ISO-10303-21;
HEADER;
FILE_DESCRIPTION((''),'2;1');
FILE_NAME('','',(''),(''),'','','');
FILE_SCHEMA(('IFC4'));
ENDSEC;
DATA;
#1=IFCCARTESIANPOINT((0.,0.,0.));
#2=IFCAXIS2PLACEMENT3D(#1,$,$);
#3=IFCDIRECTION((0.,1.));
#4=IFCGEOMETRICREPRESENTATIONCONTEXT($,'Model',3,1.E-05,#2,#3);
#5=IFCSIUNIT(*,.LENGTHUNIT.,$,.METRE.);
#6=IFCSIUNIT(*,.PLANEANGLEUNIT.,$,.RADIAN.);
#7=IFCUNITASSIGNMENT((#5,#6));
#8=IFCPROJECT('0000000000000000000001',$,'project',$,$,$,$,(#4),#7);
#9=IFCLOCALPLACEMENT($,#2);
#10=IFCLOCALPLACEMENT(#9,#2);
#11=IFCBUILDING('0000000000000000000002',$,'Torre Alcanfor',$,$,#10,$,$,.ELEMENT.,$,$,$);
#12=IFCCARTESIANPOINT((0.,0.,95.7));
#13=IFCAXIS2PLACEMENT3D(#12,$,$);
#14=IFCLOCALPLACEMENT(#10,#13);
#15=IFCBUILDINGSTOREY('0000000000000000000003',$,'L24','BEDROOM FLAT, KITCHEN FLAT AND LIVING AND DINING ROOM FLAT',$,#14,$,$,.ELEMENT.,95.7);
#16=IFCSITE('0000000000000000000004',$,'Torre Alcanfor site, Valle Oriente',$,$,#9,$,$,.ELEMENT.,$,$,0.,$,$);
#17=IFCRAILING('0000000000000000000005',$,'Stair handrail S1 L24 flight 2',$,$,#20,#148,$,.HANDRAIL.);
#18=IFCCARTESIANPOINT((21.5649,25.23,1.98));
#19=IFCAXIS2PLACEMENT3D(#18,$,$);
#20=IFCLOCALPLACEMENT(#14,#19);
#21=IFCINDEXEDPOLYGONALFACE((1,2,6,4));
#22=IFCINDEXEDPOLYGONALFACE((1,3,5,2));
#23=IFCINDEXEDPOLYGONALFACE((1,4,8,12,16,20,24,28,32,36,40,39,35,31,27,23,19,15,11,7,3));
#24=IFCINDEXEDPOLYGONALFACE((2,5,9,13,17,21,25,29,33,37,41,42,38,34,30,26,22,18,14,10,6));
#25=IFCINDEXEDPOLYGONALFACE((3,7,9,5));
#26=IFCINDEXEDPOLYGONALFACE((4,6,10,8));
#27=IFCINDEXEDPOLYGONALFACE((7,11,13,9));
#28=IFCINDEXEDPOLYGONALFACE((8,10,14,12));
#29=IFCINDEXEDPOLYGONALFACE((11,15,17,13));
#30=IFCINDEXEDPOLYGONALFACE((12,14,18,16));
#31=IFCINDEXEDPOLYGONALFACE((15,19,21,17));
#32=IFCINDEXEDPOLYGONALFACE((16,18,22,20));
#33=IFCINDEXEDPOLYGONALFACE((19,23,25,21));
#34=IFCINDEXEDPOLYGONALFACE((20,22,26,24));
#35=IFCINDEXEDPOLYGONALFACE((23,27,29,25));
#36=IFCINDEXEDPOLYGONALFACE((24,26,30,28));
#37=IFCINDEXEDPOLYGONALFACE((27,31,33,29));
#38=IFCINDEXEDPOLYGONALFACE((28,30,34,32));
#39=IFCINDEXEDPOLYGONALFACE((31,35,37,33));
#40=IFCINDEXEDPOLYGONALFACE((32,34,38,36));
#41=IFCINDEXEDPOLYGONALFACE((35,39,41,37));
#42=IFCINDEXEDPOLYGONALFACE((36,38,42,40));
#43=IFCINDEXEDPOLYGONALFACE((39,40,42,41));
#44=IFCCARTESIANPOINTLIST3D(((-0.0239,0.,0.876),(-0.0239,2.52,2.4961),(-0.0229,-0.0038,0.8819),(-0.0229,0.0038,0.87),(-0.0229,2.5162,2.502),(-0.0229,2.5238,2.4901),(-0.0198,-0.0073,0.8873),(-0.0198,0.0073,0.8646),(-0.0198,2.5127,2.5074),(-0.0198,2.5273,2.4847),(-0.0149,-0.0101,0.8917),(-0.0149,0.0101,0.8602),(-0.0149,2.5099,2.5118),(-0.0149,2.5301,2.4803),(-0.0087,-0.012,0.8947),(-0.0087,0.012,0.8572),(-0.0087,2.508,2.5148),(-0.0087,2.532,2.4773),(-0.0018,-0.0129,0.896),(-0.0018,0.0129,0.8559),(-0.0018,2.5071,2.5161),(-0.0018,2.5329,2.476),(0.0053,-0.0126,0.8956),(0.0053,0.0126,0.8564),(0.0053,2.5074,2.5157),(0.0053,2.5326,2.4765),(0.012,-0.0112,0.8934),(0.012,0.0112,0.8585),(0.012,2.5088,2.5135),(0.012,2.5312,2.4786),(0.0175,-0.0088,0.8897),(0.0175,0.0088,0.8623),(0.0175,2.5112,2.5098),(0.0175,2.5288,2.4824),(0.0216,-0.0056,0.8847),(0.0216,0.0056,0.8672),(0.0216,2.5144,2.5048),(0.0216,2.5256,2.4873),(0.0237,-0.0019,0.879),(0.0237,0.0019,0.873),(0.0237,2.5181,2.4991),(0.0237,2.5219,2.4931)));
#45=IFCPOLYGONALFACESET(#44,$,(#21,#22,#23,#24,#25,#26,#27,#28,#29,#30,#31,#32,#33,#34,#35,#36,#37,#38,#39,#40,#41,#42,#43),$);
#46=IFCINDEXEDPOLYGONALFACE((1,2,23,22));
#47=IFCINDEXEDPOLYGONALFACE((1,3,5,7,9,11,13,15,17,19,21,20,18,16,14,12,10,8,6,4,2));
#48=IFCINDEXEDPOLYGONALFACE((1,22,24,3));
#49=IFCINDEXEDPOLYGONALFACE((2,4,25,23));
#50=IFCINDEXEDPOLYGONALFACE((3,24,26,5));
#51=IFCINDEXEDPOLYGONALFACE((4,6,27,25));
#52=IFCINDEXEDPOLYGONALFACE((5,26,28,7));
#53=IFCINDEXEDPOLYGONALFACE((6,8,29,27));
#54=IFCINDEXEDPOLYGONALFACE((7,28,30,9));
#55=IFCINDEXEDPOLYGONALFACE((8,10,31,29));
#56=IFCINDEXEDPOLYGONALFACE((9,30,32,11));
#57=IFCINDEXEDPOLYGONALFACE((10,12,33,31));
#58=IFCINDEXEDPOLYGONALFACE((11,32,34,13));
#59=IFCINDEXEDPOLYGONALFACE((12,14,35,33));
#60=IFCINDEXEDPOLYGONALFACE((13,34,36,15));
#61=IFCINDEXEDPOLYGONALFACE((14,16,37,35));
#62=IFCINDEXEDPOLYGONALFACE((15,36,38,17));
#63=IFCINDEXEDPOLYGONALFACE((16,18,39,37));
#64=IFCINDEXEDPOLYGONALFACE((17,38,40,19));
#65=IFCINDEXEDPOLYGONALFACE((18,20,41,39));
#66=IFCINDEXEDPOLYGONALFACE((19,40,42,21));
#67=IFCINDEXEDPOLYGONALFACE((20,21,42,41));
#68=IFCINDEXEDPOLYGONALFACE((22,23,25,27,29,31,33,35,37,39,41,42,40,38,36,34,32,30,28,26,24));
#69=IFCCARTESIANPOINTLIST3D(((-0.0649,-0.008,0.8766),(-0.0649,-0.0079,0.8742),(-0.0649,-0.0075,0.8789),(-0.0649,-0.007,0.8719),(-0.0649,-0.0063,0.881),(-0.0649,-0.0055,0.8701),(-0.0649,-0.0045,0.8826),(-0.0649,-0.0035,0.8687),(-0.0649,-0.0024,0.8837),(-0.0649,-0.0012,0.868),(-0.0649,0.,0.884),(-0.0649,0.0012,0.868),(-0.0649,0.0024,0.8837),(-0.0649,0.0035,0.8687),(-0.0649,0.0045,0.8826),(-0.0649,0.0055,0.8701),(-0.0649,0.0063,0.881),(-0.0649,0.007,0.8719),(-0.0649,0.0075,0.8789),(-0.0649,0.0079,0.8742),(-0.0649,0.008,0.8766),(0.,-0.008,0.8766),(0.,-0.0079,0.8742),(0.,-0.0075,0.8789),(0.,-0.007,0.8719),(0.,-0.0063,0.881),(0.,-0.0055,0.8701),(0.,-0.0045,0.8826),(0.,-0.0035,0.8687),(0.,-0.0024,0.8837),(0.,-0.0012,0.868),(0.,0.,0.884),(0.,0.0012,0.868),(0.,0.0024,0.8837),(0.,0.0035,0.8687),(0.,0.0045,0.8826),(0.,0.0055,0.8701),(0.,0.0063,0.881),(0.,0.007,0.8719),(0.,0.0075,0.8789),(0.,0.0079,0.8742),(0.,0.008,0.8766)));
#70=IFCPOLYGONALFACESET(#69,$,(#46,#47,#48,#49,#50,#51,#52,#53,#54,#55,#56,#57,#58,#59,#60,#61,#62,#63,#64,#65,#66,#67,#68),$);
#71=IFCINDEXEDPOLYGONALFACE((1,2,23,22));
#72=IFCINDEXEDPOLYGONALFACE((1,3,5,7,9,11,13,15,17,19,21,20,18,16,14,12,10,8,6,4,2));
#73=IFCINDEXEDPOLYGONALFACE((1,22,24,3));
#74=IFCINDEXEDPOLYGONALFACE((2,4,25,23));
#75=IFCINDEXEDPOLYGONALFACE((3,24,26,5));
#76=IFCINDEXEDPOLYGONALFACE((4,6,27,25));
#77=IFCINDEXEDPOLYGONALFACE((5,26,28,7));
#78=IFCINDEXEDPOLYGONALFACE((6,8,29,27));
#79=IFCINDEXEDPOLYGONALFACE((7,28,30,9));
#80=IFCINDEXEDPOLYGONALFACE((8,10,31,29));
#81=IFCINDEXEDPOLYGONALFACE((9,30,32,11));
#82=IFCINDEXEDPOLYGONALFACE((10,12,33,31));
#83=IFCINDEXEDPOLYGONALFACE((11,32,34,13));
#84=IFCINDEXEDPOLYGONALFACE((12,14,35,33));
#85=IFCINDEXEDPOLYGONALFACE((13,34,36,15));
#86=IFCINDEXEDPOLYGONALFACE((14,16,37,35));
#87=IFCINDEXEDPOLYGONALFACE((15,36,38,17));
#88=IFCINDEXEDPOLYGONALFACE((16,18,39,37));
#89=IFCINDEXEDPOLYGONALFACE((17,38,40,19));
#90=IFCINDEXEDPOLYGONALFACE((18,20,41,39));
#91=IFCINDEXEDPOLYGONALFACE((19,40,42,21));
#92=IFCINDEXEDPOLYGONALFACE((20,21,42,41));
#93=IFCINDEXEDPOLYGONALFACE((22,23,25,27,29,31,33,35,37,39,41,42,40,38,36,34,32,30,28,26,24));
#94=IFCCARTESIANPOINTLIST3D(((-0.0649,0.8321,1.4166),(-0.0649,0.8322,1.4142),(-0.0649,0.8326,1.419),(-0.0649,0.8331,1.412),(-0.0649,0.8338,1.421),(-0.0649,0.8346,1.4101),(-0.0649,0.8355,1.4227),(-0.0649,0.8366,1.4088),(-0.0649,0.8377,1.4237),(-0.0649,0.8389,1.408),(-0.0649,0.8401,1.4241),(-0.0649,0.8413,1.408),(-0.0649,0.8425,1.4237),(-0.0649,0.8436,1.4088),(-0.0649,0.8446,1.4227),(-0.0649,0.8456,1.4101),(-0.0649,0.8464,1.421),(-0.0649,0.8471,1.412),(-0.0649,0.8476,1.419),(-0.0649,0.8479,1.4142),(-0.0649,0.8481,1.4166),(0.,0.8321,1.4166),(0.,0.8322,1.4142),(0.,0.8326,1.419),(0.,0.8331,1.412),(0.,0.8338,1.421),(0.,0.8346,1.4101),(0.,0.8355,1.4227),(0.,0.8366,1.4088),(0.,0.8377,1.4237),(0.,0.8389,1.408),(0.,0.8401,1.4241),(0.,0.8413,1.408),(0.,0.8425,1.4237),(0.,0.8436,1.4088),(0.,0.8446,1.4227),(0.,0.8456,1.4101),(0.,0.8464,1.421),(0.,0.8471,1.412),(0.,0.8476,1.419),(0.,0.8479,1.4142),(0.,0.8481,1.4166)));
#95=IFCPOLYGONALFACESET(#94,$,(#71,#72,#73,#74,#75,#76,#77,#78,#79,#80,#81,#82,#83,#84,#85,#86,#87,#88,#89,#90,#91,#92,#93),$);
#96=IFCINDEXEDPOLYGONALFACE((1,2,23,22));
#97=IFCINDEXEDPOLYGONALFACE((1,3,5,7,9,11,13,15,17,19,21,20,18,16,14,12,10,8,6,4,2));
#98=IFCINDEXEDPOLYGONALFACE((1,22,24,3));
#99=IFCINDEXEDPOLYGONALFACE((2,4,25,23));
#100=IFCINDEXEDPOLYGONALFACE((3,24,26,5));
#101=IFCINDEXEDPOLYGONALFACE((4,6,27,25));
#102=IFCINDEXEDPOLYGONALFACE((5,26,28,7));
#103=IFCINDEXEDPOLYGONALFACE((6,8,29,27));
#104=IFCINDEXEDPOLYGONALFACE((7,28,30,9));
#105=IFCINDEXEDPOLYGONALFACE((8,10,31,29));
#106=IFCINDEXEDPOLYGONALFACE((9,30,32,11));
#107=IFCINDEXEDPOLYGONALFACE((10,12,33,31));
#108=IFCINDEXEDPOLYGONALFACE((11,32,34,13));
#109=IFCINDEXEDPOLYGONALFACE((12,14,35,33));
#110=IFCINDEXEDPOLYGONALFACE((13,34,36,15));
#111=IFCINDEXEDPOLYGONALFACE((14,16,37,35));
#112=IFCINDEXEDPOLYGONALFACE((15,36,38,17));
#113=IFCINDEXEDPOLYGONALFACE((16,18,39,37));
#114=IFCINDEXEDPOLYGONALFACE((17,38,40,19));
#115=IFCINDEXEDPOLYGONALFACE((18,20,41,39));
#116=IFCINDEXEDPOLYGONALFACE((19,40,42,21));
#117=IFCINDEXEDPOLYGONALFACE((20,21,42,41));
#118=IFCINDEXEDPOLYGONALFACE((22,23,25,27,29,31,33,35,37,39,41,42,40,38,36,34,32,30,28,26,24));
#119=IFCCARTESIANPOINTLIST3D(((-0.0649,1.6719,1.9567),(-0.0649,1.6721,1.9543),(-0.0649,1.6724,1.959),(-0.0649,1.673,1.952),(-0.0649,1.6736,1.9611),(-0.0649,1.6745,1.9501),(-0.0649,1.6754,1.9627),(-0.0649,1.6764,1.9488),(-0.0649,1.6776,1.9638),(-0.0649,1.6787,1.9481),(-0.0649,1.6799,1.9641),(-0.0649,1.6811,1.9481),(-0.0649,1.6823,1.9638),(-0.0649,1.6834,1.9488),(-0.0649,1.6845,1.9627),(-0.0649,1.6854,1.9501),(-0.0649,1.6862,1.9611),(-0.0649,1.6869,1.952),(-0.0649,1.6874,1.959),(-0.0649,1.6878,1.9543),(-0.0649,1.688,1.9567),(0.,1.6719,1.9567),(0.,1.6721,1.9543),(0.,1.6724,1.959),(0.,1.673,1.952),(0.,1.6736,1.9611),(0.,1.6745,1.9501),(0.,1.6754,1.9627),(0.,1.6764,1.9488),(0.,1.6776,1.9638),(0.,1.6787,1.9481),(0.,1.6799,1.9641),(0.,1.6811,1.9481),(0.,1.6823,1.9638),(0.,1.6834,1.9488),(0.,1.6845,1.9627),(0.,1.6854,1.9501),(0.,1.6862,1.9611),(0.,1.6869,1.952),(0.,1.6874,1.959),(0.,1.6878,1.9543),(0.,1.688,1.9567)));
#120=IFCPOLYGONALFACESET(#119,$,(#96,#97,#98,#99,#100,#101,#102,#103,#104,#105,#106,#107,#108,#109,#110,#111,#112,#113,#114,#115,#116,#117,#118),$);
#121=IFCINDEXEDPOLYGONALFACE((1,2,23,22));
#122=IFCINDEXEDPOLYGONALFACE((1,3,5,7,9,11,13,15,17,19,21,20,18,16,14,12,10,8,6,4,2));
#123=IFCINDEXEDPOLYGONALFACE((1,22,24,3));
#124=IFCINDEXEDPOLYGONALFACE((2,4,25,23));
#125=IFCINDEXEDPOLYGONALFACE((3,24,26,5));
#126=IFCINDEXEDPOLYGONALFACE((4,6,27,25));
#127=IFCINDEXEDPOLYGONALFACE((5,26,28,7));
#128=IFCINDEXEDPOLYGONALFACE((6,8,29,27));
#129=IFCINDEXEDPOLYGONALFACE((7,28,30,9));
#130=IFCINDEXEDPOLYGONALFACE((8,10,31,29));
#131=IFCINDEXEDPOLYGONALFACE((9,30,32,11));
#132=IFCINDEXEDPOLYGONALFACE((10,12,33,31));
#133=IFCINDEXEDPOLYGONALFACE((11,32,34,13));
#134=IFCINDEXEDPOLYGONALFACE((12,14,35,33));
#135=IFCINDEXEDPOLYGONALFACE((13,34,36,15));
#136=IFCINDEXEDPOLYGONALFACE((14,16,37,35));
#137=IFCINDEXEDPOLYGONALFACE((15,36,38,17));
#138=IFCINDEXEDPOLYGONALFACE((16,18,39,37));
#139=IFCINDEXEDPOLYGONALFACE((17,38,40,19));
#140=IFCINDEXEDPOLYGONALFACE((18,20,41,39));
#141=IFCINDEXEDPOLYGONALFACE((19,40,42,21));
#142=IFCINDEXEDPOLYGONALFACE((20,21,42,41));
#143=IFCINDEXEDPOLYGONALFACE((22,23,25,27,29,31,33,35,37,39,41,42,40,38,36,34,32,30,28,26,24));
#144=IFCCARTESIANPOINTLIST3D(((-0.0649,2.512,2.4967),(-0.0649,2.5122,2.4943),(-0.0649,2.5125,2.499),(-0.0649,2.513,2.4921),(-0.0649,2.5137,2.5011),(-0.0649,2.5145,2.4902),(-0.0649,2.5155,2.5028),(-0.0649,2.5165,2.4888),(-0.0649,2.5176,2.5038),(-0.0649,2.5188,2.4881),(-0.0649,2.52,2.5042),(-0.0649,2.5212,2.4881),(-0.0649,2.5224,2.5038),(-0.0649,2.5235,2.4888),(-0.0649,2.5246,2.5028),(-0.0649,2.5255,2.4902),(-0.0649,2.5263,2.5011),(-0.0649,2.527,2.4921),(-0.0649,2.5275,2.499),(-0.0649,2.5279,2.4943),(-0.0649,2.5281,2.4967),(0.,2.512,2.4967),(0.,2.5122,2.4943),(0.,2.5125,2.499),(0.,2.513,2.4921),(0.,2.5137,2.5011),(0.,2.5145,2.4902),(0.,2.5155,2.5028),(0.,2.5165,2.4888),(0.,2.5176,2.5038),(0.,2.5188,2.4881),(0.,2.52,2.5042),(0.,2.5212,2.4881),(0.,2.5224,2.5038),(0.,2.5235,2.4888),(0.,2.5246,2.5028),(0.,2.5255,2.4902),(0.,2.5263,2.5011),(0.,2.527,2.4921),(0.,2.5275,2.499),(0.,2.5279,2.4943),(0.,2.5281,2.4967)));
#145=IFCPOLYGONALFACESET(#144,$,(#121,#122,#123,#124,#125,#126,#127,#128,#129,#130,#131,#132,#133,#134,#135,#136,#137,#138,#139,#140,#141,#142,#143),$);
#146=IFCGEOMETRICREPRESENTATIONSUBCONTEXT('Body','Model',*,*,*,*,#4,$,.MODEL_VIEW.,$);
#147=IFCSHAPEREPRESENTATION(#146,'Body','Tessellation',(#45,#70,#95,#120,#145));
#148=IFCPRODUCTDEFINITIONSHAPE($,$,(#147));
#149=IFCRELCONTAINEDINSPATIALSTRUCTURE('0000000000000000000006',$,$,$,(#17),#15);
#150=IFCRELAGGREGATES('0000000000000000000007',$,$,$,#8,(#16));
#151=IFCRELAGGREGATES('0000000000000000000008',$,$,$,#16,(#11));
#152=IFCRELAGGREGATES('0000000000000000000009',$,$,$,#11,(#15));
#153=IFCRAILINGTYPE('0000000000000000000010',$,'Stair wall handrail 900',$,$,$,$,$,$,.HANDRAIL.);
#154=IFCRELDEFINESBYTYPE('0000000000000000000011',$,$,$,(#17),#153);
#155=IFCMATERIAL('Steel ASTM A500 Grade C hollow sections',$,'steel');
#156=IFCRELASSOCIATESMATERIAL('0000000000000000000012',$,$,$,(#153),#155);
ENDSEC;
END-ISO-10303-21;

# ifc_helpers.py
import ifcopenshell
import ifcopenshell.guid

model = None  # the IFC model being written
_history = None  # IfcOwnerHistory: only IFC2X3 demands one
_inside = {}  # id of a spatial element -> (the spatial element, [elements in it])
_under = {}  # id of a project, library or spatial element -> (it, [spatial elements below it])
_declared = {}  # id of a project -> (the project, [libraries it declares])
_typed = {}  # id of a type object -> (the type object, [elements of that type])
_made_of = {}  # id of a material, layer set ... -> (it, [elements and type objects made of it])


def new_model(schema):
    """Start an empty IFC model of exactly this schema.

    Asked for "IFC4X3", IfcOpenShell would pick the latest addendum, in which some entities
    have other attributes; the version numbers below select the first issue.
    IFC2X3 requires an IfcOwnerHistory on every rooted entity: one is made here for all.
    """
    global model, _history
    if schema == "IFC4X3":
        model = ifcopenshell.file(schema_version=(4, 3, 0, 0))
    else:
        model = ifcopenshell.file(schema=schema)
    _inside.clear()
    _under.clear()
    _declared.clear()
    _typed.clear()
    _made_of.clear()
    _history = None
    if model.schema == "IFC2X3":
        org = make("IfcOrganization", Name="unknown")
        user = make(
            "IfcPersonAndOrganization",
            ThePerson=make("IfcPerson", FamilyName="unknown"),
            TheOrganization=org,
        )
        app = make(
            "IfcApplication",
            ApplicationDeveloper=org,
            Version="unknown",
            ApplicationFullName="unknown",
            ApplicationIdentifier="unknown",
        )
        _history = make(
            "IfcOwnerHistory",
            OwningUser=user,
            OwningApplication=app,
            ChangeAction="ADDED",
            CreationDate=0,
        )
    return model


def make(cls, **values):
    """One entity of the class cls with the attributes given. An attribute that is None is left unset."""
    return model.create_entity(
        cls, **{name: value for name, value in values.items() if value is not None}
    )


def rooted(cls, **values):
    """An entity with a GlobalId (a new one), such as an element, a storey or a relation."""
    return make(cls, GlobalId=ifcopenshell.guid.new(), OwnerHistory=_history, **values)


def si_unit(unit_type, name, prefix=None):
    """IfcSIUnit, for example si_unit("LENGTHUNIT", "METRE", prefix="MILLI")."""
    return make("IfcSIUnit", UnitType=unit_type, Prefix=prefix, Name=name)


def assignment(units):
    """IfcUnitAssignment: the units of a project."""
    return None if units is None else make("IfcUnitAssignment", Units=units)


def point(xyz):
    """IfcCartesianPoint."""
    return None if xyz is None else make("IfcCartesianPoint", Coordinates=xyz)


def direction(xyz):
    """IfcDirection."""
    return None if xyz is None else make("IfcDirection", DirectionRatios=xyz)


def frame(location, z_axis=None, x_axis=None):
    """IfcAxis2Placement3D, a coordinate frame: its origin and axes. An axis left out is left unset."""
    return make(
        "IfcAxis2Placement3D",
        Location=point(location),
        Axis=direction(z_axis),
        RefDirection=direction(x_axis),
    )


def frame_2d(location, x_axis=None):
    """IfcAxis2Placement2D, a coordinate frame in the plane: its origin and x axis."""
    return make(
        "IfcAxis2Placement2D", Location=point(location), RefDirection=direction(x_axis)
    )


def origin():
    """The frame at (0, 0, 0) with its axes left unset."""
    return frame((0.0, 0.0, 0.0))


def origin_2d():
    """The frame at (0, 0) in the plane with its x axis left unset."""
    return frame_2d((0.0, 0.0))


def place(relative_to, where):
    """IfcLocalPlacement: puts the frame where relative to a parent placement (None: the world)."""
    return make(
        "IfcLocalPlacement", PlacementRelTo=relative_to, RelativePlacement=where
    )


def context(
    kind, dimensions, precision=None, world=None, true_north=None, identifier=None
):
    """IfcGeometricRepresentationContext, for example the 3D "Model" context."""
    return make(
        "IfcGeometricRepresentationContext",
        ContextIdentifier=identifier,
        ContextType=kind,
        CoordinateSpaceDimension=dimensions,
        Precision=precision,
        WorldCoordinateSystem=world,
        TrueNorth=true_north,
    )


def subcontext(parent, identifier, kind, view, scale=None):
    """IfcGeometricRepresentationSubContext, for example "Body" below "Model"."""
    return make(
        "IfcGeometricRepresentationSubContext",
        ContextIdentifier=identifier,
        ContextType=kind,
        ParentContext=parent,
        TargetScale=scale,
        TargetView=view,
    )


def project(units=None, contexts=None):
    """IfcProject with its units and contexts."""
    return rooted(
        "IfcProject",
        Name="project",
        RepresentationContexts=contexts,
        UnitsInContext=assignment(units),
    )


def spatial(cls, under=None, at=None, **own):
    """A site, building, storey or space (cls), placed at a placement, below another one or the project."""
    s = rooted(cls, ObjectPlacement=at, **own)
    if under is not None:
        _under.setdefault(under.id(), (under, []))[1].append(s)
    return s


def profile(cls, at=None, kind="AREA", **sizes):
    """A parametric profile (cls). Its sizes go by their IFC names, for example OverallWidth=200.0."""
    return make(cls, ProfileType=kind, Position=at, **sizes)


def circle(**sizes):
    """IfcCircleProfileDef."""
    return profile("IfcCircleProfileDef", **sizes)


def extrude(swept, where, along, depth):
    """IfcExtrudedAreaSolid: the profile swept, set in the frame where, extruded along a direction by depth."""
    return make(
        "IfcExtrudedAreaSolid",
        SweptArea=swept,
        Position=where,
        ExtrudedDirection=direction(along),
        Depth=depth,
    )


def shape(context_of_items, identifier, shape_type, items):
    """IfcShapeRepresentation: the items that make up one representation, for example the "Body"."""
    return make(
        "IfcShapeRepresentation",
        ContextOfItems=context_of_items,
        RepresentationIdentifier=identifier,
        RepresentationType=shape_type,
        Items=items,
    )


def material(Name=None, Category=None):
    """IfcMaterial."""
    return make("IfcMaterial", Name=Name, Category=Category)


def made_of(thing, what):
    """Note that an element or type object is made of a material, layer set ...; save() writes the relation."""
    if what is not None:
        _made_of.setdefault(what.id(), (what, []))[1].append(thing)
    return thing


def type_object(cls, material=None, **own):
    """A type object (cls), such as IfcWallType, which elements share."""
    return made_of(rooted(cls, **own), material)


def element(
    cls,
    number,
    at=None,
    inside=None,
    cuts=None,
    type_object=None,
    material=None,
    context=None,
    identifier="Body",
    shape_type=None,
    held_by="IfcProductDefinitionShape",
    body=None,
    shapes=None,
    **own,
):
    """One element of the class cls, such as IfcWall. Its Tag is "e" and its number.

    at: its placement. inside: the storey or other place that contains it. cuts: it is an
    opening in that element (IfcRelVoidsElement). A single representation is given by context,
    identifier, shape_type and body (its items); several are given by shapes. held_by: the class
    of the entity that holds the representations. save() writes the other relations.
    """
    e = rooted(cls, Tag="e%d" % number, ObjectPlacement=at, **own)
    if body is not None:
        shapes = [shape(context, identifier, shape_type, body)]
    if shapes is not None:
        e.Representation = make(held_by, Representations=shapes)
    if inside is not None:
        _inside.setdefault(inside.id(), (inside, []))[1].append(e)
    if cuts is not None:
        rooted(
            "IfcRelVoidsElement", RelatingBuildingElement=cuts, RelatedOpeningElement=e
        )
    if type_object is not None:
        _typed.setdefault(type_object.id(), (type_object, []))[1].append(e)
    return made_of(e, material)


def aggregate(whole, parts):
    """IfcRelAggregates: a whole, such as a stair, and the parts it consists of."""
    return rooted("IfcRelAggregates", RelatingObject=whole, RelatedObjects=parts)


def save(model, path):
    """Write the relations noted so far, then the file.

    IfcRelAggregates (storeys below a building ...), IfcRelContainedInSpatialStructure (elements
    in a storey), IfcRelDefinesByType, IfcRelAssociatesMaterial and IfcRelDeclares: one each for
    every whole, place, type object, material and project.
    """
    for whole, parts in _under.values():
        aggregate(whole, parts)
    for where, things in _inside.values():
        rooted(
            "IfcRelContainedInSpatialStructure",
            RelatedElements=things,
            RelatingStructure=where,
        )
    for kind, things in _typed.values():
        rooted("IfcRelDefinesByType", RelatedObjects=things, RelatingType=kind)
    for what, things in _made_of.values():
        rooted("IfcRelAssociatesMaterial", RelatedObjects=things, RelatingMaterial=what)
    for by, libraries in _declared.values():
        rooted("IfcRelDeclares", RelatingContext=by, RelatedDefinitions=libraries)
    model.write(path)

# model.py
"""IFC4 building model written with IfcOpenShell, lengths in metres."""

from ifc_helpers import new_model, si_unit, direction, frame, origin, origin_2d, place, context, subcontext, project, spatial, circle, extrude, material, type_object, element, save


model = new_model("IFC4")

# Units and contexts
model_context = context("Model", 3, precision=1e-05, world=origin(), true_north=direction((0.0, 1.0)))
body_context = subcontext(model_context, "Body", "Model", "MODEL_VIEW")
ifc_project = project(units=[si_unit("LENGTHUNIT", "METRE"), si_unit("PLANEANGLEUNIT", "RADIAN")], contexts=[model_context])

# Site, building, storey
site_placement = place(None, origin())
site = spatial("IfcSite", under=ifc_project, at=site_placement, Name="Torre Alcanfor site, Valle Oriente", CompositionType="ELEMENT", RefElevation=0.0)
building_placement = place(site_placement, origin())
building = spatial("IfcBuilding", under=site, at=building_placement, Name="Torre Alcanfor", CompositionType="ELEMENT")
storey_placement = place(building_placement, frame((0.0, 0.0, 95.7)))
storey = spatial("IfcBuildingStorey", under=building, at=storey_placement, Name="L24", Description="BEDROOM FLAT, KITCHEN FLAT AND LIVING AND DINING ROOM FLAT", CompositionType="ELEMENT", Elevation=95.7)

# Railing
ifc_material_1 = material(Name="Steel ASTM A500 Grade C hollow sections", Category="steel")
railing_type_1 = type_object("IfcRailingType", Name="Stair wall handrail 900", PredefinedType="HANDRAIL", material=ifc_material_1)
railing_1_placement = place(storey_placement, frame((21.5649, 25.23, 1.98)))
element("IfcRailing", 1, at=railing_1_placement, inside=storey, type_object=railing_type_1, Name="Stair handrail S1 L24 flight 2", PredefinedType="HANDRAIL", context=body_context, shape_type="SweptSolid", body=[
    extrude(circle(Radius=0.0239, at=origin_2d()), frame((0.0, 0.0, 0.876), z_axis=(0.0, 0.841163, 0.540782), x_axis=(-1.0, 0.0, 0.0)), (0.0, 0.0, 1.0), 2.9958),
    extrude(circle(Radius=0.0081, at=origin_2d()), frame((0.0, 0.0, 0.876), z_axis=(-1.0, 0.0, 0.0), x_axis=(0.0, 0.0, 1.0)), (0.0, 0.0, 1.0), 0.0649),
    extrude(circle(Radius=0.0081, at=origin_2d()), frame((0.0, 0.8401, 1.416), z_axis=(-1.0, 0.0, 0.0), x_axis=(0.0, 0.0, 1.0)), (0.0, 0.0, 1.0), 0.0649),
    extrude(circle(Radius=0.0081, at=origin_2d()), frame((0.0, 1.6799, 1.9561), z_axis=(-1.0, 0.0, 0.0), x_axis=(0.0, 0.0, 1.0)), (0.0, 0.0, 1.0), 0.0649),
    extrude(circle(Radius=0.0081, at=origin_2d()), frame((0.0, 2.52, 2.4961), z_axis=(-1.0, 0.0, 0.0), x_axis=(0.0, 0.0, 1.0)), (0.0, 0.0, 1.0), 0.0649),
])

save(model, "model.ifc")
